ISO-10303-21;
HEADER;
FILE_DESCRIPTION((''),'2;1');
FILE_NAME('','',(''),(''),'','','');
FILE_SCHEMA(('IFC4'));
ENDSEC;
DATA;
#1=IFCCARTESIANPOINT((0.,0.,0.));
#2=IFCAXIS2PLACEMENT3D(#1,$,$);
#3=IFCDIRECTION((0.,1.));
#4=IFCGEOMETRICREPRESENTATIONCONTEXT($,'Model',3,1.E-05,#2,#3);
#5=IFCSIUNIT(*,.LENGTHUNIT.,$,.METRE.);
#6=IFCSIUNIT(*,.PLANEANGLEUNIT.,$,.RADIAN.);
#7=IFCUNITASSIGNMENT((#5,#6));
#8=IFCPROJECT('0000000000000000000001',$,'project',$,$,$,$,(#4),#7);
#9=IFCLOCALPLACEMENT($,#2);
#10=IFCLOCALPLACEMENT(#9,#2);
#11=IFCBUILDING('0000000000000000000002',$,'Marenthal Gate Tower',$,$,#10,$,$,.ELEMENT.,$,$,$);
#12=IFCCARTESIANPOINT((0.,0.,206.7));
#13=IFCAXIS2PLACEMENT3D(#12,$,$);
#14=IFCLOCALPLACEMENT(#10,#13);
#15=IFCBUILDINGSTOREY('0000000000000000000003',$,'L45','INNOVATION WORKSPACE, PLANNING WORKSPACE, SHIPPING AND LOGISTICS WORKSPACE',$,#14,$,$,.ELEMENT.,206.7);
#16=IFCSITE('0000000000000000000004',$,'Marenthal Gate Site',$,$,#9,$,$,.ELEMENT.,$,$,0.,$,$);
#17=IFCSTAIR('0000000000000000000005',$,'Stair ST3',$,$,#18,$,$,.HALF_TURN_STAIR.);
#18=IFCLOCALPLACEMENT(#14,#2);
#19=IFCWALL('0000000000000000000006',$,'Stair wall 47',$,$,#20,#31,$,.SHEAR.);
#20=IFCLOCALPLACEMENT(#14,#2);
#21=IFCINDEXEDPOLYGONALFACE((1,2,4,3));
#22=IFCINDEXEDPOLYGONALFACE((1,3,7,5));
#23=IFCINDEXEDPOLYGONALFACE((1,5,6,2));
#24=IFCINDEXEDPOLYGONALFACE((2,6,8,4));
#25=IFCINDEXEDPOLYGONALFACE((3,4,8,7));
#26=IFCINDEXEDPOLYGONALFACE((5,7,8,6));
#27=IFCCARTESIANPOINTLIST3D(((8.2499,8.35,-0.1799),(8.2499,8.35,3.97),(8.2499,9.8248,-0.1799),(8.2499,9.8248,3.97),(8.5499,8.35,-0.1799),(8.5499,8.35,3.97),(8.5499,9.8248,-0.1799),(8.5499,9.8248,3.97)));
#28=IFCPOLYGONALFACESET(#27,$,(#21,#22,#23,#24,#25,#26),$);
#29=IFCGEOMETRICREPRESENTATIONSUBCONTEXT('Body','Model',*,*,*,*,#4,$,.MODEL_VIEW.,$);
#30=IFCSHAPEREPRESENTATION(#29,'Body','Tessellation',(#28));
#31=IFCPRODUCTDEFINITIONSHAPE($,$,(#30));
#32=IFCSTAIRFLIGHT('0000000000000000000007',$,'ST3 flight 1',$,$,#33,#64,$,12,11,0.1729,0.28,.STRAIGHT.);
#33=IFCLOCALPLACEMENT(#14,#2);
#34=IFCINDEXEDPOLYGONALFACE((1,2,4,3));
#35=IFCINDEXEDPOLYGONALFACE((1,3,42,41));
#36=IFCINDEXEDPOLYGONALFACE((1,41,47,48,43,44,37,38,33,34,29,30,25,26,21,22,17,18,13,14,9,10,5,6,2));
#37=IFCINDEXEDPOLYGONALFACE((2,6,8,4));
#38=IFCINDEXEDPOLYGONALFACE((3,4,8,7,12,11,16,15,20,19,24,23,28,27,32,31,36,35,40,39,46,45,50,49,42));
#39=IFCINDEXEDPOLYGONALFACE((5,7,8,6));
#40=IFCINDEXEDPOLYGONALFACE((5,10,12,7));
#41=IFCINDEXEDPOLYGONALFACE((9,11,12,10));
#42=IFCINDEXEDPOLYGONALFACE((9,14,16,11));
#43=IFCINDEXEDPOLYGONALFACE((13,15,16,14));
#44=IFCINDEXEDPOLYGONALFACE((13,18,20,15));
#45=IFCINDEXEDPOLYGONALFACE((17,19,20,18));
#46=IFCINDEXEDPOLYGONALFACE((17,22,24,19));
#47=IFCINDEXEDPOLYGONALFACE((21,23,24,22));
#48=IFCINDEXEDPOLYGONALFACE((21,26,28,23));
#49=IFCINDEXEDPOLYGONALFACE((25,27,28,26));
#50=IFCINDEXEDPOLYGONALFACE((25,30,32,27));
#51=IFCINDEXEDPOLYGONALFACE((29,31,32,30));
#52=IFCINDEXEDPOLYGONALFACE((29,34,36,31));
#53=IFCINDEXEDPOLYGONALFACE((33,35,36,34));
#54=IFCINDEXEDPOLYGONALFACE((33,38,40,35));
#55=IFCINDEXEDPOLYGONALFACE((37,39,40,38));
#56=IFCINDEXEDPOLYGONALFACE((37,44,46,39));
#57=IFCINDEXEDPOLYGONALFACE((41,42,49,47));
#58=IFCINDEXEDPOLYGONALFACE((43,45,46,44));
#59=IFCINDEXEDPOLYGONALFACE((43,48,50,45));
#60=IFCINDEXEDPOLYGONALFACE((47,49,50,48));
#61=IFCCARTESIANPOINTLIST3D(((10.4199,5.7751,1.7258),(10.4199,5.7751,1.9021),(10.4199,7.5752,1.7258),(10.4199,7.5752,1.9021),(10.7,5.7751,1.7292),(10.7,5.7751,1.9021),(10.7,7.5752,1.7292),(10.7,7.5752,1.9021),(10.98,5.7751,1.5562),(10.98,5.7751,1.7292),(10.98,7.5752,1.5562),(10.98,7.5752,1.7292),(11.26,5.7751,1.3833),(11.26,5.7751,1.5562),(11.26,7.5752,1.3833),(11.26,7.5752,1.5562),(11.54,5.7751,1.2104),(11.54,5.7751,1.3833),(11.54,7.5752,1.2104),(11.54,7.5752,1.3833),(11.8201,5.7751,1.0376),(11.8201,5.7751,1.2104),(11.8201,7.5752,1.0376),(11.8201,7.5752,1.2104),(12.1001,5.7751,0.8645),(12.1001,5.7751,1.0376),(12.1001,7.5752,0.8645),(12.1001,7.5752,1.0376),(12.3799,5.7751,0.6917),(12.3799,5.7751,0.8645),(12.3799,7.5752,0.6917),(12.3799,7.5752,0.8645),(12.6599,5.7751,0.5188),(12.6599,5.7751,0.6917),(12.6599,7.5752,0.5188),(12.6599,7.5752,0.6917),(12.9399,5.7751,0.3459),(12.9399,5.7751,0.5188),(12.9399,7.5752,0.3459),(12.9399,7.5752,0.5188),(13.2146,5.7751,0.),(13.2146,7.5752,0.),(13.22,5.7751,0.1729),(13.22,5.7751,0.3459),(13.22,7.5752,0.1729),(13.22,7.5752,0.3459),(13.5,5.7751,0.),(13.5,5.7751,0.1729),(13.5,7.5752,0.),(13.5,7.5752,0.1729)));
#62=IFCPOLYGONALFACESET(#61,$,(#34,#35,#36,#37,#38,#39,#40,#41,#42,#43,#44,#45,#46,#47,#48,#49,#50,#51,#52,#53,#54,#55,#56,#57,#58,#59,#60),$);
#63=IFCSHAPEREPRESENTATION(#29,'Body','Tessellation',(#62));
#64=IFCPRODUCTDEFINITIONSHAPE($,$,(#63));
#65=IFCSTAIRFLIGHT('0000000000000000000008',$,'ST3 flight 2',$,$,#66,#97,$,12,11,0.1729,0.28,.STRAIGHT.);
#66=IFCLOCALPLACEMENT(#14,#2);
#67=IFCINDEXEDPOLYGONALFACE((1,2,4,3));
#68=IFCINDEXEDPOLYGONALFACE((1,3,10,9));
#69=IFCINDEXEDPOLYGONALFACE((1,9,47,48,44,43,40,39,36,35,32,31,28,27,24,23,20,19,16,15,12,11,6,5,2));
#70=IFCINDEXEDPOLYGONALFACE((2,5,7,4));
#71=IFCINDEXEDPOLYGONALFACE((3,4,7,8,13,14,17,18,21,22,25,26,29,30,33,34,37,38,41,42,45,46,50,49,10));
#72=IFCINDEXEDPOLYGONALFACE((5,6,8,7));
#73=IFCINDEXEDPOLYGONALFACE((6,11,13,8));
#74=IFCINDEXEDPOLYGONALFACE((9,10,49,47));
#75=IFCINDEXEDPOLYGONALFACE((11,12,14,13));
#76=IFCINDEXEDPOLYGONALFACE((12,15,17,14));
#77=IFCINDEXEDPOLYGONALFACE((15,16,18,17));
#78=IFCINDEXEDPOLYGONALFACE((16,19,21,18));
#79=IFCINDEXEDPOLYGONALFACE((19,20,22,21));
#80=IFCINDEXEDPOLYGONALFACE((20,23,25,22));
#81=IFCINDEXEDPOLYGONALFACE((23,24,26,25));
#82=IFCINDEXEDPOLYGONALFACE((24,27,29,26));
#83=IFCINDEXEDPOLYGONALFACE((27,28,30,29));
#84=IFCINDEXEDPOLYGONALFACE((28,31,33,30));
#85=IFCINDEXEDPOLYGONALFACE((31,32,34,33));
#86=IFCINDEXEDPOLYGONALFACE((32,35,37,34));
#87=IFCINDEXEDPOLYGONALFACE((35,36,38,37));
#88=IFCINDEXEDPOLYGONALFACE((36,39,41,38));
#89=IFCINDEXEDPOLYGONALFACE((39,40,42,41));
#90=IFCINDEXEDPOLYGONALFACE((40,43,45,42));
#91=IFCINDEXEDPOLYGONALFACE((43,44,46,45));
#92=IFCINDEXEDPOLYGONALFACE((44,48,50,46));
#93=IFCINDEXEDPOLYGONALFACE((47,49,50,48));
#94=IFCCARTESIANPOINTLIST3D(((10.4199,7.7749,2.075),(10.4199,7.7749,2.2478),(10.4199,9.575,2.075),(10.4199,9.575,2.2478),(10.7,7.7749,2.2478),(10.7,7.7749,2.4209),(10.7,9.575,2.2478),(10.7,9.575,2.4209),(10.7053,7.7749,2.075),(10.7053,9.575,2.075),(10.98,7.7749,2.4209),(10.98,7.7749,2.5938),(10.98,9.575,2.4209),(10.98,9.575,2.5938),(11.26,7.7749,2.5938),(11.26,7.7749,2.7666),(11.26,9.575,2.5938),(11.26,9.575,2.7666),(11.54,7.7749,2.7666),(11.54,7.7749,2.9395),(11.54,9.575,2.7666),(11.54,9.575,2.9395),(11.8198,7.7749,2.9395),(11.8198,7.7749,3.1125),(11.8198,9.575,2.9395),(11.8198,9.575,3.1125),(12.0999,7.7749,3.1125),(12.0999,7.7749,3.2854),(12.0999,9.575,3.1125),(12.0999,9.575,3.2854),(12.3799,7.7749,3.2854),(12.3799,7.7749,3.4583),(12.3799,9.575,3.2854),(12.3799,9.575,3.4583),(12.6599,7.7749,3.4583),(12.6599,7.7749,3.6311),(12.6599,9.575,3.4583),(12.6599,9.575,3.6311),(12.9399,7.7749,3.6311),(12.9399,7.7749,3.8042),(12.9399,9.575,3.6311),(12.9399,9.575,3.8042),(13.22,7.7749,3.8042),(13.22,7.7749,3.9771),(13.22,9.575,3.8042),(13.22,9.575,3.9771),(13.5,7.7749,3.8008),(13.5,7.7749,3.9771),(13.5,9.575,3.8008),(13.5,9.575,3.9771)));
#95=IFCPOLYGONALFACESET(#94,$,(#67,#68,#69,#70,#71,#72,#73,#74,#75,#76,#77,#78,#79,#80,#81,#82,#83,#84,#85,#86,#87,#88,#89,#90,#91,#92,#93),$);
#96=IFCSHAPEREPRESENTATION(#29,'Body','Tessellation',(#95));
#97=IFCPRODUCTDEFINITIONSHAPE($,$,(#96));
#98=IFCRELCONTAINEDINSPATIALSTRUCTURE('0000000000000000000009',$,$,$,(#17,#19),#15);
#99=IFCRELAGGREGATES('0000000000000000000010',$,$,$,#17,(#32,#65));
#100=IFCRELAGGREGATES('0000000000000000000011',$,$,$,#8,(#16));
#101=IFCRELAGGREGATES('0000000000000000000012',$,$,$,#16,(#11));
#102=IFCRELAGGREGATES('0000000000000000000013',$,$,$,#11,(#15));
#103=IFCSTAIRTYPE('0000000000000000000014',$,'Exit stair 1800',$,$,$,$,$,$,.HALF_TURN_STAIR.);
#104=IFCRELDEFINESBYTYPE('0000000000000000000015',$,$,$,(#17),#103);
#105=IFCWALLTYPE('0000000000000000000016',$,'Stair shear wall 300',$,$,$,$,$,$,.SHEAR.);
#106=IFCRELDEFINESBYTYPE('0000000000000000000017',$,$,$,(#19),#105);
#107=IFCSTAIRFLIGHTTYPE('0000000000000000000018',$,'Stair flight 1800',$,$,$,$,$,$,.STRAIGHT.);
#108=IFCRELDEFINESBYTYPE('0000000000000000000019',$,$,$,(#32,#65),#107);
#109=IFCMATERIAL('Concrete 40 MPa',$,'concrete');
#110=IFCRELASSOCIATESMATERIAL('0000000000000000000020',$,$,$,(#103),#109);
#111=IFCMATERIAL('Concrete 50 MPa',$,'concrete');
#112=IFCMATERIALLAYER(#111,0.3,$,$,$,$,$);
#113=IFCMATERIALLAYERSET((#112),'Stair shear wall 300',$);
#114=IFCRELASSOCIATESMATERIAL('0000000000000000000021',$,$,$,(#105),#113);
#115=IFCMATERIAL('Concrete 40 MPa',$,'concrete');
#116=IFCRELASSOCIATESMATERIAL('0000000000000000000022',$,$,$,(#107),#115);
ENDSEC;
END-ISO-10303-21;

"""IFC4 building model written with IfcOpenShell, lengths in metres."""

from ifc_helpers import new_model, si_unit, direction, frame, frame_2d, origin, place, context, subcontext, project, spatial, polyline, rectangle, outline, extrude, material, layer, layer_set, type_object, element, aggregate, save


model = new_model("IFC4")

# Units and contexts
model_context = context("Model", 3, precision=1e-05, world=origin(), true_north=direction((0.0, 1.0)))
body_context = subcontext(model_context, "Body", "Model", "MODEL_VIEW")
ifc_project = project(units=[si_unit("LENGTHUNIT", "METRE"), si_unit("PLANEANGLEUNIT", "RADIAN")], contexts=[model_context])

# Site, building, storey
site_placement = place(None, origin())
site = spatial("IfcSite", under=ifc_project, at=site_placement, Name="Marenthal Gate Site", CompositionType="ELEMENT", RefElevation=0.0)
building_placement = place(site_placement, origin())
building = spatial("IfcBuilding", under=site, at=building_placement, Name="Marenthal Gate Tower", CompositionType="ELEMENT")
storey_placement = place(building_placement, frame((0.0, 0.0, 206.7)))
storey = spatial("IfcBuildingStorey", under=building, at=storey_placement, Name="L45", Description="INNOVATION WORKSPACE, PLANNING WORKSPACE, SHIPPING AND LOGISTICS WORKSPACE", CompositionType="ELEMENT", Elevation=206.7)

# Stair
ifc_material_1 = material(Name="Concrete 40 MPa", Category="concrete")
stair_type = type_object("IfcStairType", Name="Exit stair 1800", PredefinedType="HALF_TURN_STAIR", material=ifc_material_1)
stair_1_placement = place(storey_placement, origin())
stair_1 = element("IfcStair", 1, at=stair_1_placement, inside=storey, type_object=stair_type, Name="Stair ST3", PredefinedType="HALF_TURN_STAIR")

# Wall
ifc_material_2 = material(Name="Concrete 50 MPa", Category="concrete")
ifc_layer_1 = layer(ifc_material_2, 0.3)
ifc_layer_set_1 = layer_set([ifc_layer_1], Name="Stair shear wall 300")
wall_type_1 = type_object("IfcWallType", Name="Stair shear wall 300", PredefinedType="SHEAR", material=ifc_layer_set_1)
wall_1_placement = place(storey_placement, frame((8.3999, 8.3501, -0.1799), z_axis=(0.0, 0.0, 1.0), x_axis=(0.0, 1.0, 0.0)))
element("IfcWall", 2, at=wall_1_placement, inside=storey, type_object=wall_type_1, Name="Stair wall 47", PredefinedType="SHEAR", context=body_context, shape_type="SweptSolid", body=[
    extrude(rectangle(XDim=1.4749, YDim=0.3, at=frame_2d((0.7373, 0.0))), origin(), (0.0, 0.0, 1.0), 4.1499),
])

# Stair flights
ifc_material_3 = material(Name="Concrete 40 MPa", Category="concrete")
stair_flight_type = type_object("IfcStairFlightType", Name="Stair flight 1800", PredefinedType="STRAIGHT", material=ifc_material_3)
stair_flight_1_placement = place(storey_placement, frame((13.5, 6.675, 0.0), z_axis=(0.0, 0.0, 1.0), x_axis=(-1.0, 0.0, 0.0)))
stair_flight_1 = element("IfcStairFlight", 3, at=stair_flight_1_placement, type_object=stair_flight_type, Name="ST3 flight 1", NumberOfRisers=12, NumberOfTreads=11, PredefinedType="STRAIGHT", RiserHeight=0.1729, TreadLength=0.28, context=body_context, shape_type="SweptSolid", body=[
    extrude(outline(polyline([(0.0, 0.0), (0.0, 0.1729), (0.28, 0.1729), (0.28, 0.3459), (0.5601, 0.3459), (0.5601, 0.5188), (0.8401, 0.5188), (0.8401, 0.6917), (1.1201, 0.6917), (1.1201, 0.8645), (1.3999, 0.8645), (1.3999, 1.0376), (1.6799, 1.0376), (1.6799, 1.2104), (1.96, 1.2104), (1.96, 1.3833), (2.24, 1.3833), (2.24, 1.5562), (2.52, 1.5562), (2.52, 1.7292), (2.8, 1.7292), (2.8, 1.9021), (3.0801, 1.9021), (3.0801, 2.075), (3.0801, 1.7258), (0.2854, 0.0), (0.0, 0.0)])), frame((0.0, 0.8999, 0.0), z_axis=(0.0, -1.0, 0.0), x_axis=(1.0, 0.0, 0.0)), (0.0, 0.0, 1.0), 1.8),
])
stair_flight_2_placement = place(storey_placement, frame((10.4199, 8.675, 2.075), z_axis=(0.0, 0.0, 1.0), x_axis=(1.0, 0.0, 0.0)))
stair_flight_2 = element("IfcStairFlight", 4, at=stair_flight_2_placement, type_object=stair_flight_type, Name="ST3 flight 2", NumberOfRisers=12, NumberOfTreads=11, PredefinedType="STRAIGHT", RiserHeight=0.1729, TreadLength=0.28, context=body_context, shape_type="SweptSolid", body=[
    extrude(outline(polyline([(0.0, 0.0), (0.0, 0.1729), (0.28, 0.1729), (0.28, 0.3459), (0.5601, 0.3459), (0.5601, 0.5188), (0.8401, 0.5188), (0.8401, 0.6917), (1.1201, 0.6917), (1.1201, 0.8645), (1.3999, 0.8645), (1.3999, 1.0376), (1.6799, 1.0376), (1.6799, 1.2104), (1.96, 1.2104), (1.96, 1.3833), (2.24, 1.3833), (2.24, 1.5562), (2.52, 1.5562), (2.52, 1.7292), (2.8, 1.7292), (2.8, 1.9021), (3.0801, 1.9021), (3.0801, 2.075), (3.0801, 1.7258), (0.2854, 0.0), (0.0, 0.0)])), frame((0.0, 0.8999, 0.0), z_axis=(0.0, -1.0, 0.0), x_axis=(1.0, 0.0, 0.0)), (0.0, 0.0, 1.0), 1.8),
])
aggregate(stair_1, [stair_flight_1, stair_flight_2])

save(model, "model.ifc")
